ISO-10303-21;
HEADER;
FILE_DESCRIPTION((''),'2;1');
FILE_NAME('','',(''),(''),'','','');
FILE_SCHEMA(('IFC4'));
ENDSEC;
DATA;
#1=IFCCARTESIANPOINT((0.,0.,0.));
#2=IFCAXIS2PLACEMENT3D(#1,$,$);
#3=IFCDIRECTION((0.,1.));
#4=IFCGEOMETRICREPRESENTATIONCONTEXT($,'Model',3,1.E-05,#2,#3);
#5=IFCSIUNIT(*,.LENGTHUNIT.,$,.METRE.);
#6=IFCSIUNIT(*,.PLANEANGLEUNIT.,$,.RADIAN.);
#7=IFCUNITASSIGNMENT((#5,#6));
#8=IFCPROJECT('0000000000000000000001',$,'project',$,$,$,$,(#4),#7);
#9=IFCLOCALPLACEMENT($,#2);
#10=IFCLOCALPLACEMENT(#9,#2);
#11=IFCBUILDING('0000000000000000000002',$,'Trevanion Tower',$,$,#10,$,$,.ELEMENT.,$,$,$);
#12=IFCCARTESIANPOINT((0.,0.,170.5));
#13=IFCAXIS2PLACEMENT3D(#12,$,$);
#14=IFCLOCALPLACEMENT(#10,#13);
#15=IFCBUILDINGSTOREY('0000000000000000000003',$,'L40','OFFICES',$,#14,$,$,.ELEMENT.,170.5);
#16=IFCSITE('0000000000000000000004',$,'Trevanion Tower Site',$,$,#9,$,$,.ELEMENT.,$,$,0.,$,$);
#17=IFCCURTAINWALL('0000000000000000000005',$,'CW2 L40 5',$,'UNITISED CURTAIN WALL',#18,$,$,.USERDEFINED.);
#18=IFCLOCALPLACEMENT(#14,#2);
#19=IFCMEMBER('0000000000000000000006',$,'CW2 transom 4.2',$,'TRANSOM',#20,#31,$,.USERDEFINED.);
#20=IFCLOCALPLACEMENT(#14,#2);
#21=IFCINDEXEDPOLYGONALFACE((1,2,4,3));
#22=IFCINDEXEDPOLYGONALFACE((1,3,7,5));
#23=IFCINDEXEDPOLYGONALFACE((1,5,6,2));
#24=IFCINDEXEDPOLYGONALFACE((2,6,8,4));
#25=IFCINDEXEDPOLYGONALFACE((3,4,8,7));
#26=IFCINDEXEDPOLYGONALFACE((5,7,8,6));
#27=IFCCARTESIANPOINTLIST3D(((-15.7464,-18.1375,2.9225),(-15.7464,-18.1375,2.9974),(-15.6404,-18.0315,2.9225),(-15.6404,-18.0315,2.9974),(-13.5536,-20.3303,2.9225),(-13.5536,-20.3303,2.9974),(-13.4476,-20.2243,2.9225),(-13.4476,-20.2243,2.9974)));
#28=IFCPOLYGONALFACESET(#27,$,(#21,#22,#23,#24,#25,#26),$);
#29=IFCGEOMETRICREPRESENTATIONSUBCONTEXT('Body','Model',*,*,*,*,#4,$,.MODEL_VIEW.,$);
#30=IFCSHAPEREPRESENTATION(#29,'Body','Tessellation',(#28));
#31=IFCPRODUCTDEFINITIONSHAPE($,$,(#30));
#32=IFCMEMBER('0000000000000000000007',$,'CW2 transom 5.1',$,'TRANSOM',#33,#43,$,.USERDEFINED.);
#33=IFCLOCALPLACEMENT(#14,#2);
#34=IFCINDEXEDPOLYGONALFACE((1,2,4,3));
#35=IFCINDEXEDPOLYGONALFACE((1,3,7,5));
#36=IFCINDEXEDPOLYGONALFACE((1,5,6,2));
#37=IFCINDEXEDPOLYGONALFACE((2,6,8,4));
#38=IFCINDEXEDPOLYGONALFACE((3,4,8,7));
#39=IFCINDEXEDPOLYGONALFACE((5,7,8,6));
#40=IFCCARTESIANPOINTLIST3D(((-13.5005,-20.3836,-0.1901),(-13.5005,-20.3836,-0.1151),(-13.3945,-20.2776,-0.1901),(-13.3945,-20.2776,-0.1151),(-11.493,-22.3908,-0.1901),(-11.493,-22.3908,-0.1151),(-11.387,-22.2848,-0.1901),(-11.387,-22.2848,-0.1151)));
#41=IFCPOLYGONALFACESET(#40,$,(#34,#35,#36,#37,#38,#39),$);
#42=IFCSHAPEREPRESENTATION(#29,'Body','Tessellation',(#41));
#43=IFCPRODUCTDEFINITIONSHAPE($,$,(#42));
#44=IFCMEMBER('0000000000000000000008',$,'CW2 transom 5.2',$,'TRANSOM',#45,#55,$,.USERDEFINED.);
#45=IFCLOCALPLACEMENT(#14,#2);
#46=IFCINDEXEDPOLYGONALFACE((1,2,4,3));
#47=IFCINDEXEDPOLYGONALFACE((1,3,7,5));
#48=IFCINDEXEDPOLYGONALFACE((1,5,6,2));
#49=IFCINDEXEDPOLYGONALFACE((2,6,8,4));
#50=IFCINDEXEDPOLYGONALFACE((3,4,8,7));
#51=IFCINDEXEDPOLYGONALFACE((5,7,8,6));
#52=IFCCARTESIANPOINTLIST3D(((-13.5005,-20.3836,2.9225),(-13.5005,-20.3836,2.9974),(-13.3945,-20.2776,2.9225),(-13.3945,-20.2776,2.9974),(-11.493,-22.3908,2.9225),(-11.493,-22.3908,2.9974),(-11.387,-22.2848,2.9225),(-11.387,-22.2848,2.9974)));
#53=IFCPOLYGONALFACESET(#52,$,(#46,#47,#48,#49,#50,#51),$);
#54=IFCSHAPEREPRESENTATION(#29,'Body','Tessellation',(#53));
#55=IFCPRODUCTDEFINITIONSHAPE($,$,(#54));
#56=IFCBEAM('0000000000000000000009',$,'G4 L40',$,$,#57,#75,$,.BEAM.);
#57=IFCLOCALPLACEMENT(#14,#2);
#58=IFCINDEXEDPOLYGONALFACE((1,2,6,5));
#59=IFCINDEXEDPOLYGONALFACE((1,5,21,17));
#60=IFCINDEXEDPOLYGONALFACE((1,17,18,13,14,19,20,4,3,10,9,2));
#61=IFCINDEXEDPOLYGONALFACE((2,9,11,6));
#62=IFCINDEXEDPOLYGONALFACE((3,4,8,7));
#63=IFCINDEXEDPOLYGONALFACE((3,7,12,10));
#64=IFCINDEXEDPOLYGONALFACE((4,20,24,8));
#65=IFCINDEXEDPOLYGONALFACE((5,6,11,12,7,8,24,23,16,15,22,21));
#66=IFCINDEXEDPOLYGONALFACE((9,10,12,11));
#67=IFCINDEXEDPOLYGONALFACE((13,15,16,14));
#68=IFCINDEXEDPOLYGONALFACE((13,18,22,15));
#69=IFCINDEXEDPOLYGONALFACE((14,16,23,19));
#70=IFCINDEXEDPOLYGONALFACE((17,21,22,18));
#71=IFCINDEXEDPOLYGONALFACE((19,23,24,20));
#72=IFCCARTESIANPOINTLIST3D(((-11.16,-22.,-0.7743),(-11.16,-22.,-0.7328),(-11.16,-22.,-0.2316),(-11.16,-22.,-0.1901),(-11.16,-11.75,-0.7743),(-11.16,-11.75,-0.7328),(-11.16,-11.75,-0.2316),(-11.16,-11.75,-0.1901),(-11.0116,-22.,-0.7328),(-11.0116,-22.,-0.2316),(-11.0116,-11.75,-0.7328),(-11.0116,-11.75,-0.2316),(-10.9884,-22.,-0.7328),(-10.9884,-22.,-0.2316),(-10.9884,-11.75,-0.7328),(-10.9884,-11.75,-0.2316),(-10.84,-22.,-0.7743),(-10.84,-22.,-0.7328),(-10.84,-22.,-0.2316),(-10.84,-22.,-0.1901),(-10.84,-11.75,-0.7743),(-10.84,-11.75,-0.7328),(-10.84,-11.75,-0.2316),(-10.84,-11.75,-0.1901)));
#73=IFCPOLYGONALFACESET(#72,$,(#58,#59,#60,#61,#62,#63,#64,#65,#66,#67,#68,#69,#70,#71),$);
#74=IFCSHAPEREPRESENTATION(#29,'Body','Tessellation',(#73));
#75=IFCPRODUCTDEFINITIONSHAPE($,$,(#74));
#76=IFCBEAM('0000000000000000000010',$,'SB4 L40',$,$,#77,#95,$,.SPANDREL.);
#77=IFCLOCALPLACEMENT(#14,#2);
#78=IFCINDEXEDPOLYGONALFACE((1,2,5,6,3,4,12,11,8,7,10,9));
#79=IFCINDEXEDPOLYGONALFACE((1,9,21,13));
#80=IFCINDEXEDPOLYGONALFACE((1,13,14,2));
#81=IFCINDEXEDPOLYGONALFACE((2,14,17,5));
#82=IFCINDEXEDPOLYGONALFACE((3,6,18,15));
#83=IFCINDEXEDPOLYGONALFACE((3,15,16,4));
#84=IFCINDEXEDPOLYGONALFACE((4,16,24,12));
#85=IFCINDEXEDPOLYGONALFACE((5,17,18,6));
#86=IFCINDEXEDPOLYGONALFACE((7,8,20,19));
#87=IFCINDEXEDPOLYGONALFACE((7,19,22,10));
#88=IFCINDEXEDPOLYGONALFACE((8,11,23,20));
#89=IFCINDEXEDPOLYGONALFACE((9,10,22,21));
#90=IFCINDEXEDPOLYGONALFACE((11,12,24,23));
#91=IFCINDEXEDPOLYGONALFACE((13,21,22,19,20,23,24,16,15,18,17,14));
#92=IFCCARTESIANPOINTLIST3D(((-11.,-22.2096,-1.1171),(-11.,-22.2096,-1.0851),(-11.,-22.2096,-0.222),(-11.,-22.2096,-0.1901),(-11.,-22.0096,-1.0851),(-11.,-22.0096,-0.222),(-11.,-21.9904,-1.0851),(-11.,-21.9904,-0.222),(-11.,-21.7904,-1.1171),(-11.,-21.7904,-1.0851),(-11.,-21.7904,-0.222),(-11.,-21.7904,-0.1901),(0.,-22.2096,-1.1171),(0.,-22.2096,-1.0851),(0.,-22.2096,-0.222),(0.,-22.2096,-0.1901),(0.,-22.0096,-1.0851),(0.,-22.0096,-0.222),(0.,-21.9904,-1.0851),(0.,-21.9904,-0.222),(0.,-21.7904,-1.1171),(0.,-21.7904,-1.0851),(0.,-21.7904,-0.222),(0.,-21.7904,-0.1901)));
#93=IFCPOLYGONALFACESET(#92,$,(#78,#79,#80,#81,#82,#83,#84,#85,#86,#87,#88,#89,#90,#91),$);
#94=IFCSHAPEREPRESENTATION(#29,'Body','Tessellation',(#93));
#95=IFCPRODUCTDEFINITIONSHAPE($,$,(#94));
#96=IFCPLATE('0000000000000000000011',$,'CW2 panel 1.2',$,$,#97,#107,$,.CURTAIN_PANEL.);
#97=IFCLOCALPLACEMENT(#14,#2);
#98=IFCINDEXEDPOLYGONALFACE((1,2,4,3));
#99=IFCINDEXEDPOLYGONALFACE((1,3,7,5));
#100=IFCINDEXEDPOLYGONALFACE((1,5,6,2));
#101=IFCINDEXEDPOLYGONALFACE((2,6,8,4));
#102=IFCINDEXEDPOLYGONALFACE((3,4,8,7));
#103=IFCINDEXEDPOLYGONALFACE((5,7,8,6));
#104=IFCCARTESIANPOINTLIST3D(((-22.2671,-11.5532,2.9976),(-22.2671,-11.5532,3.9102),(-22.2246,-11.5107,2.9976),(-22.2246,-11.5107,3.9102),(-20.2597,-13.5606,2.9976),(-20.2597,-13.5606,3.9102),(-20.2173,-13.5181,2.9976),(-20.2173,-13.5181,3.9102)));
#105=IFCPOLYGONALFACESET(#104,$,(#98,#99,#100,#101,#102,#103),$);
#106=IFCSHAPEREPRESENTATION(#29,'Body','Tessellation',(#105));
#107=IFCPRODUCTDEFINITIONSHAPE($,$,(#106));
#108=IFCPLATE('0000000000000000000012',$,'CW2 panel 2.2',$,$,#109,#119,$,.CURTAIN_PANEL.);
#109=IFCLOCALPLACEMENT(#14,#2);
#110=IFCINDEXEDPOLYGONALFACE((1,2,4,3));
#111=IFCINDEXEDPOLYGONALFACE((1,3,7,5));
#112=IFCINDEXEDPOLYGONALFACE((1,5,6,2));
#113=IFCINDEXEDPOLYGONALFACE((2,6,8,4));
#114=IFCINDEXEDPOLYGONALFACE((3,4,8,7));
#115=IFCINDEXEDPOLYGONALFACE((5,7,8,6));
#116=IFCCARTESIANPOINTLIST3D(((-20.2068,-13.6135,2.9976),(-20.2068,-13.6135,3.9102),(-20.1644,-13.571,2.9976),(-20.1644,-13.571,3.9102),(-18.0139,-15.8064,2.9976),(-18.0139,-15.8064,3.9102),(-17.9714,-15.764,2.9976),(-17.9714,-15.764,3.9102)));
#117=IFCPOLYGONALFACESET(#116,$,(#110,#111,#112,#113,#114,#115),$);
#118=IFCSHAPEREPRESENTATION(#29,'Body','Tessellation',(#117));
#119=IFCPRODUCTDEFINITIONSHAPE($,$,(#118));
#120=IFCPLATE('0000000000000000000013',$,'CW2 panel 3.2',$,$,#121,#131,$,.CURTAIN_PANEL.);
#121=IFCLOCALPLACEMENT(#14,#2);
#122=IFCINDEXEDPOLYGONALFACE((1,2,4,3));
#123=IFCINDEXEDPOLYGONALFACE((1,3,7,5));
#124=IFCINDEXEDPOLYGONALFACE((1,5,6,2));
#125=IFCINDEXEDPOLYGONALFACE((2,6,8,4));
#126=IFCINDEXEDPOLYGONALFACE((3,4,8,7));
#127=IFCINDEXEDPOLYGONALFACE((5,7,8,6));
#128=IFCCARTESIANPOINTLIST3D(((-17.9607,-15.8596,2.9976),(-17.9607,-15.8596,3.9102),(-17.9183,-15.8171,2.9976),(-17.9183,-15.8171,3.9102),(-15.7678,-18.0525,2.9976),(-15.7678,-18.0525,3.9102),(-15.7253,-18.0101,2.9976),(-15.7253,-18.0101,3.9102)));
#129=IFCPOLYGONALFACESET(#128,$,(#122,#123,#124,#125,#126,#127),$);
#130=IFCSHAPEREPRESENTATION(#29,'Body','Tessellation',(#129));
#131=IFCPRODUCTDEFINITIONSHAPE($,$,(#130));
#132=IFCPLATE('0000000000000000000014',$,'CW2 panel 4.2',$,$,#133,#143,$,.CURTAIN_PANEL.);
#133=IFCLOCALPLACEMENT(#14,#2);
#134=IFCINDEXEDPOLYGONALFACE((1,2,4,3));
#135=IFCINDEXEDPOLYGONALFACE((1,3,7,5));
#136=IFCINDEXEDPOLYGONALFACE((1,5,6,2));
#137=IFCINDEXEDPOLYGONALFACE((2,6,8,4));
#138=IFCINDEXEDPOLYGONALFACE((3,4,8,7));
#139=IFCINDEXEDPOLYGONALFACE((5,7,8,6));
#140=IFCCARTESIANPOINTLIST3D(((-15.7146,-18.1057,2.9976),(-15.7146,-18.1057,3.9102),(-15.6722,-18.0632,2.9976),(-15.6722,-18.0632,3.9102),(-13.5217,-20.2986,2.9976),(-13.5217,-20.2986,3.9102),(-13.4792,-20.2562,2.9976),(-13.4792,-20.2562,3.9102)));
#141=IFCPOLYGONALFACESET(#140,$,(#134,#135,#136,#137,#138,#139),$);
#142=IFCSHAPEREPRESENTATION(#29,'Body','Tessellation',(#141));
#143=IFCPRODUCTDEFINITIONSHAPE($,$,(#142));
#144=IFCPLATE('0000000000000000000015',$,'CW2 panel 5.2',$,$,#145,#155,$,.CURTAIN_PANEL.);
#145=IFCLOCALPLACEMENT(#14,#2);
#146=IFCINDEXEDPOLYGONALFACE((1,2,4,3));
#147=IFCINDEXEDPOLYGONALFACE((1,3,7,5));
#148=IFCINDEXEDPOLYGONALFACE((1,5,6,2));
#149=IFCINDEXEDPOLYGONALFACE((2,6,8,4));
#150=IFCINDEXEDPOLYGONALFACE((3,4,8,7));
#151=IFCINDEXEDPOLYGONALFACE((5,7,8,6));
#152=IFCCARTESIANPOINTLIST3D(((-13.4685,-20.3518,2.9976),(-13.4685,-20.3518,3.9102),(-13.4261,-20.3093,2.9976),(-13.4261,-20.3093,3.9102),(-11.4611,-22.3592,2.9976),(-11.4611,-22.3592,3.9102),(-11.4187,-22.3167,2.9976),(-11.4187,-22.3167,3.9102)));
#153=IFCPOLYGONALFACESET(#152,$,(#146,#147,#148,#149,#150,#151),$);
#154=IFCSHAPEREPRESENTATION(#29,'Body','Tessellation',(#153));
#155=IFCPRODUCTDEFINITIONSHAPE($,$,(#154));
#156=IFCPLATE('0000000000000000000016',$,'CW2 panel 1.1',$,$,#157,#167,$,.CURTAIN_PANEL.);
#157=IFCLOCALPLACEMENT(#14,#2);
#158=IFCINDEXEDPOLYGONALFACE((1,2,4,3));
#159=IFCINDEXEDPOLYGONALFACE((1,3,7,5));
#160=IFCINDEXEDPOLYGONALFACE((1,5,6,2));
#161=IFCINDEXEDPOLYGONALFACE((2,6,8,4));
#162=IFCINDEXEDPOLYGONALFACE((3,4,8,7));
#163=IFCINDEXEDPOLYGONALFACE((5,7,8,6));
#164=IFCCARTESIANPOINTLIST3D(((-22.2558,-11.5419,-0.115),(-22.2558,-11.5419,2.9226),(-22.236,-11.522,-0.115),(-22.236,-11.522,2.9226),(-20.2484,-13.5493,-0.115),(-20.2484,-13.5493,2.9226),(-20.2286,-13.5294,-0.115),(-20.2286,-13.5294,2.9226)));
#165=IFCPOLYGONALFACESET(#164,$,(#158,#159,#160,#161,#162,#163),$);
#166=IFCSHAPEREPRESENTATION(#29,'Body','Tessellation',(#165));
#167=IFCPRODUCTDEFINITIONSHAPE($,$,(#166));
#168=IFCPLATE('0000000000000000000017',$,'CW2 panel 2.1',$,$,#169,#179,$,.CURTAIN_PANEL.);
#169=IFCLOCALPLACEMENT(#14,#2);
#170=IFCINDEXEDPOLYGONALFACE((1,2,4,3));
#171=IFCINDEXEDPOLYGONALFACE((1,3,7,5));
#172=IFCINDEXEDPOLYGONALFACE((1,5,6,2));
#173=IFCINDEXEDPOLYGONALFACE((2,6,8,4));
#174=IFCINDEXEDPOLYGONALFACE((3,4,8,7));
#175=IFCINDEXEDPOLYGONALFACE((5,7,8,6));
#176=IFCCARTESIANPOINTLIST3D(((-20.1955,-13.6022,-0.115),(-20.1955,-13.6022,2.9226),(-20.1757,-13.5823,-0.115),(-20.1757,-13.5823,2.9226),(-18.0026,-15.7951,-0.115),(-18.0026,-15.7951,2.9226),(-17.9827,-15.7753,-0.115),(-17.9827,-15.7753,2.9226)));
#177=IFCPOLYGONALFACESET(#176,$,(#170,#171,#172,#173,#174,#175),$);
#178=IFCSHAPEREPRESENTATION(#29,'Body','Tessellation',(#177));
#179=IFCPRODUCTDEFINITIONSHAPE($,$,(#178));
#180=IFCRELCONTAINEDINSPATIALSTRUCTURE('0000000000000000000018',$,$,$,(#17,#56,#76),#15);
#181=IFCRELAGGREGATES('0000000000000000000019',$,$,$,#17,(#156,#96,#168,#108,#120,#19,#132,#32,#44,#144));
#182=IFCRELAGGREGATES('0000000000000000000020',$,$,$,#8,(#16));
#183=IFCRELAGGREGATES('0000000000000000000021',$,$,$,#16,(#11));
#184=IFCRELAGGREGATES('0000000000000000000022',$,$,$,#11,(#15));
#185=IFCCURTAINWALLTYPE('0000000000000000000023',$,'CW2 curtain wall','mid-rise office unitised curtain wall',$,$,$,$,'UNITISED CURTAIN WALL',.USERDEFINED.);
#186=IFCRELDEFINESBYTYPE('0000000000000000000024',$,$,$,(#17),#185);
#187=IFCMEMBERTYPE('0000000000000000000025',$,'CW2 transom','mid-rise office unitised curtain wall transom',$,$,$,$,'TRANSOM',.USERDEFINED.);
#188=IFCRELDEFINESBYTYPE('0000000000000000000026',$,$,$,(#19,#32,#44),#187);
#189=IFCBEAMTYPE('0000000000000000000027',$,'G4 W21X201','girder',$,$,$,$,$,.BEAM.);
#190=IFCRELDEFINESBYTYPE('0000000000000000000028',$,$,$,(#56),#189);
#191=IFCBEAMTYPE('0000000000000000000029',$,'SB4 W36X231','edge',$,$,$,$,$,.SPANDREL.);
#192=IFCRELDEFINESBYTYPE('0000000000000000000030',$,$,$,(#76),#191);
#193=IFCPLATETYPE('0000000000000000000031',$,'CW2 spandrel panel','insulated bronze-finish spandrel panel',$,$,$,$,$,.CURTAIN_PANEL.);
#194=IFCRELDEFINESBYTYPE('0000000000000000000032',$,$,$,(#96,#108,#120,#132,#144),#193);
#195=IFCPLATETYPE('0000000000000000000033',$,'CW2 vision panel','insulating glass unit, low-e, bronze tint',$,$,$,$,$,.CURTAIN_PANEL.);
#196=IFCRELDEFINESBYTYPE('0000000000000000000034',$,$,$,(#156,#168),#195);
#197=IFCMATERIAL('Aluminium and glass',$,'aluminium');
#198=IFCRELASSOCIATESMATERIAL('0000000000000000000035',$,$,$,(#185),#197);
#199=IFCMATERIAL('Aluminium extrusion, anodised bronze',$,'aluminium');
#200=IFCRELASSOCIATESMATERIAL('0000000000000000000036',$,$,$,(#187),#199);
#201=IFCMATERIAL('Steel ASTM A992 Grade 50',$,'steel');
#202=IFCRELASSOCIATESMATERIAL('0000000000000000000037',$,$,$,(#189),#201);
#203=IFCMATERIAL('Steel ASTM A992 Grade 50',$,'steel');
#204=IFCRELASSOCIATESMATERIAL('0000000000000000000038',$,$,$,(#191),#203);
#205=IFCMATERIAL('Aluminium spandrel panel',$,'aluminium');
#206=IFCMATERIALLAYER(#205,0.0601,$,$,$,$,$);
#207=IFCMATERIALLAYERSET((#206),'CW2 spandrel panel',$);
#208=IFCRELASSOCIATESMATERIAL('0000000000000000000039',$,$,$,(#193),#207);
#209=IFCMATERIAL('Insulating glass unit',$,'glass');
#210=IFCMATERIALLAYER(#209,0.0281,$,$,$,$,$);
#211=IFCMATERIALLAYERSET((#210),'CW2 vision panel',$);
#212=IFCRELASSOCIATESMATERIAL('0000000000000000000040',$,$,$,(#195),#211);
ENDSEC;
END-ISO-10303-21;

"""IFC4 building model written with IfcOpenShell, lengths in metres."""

from ifc_helpers import new_model, si_unit, direction, frame, origin, origin_2d, place, context, subcontext, project, spatial, rectangle, i_section, extrude, material, layer, layer_set, material_profile, profile_set, type_object, element, aggregate, save


model = new_model("IFC4")

# Units and contexts
model_context = context("Model", 3, precision=1e-05, world=origin(), true_north=direction((0.0, 1.0)))
body_context = subcontext(model_context, "Body", "Model", "MODEL_VIEW")
ifc_project = project(units=[si_unit("LENGTHUNIT", "METRE"), si_unit("PLANEANGLEUNIT", "RADIAN")], contexts=[model_context])

# Site, building, storey
site_placement = place(None, origin())
site = spatial("IfcSite", under=ifc_project, at=site_placement, Name="Trevanion Tower Site", CompositionType="ELEMENT", RefElevation=0.0)
building_placement = place(site_placement, origin())
building = spatial("IfcBuilding", under=site, at=building_placement, Name="Trevanion Tower", CompositionType="ELEMENT")
storey_placement = place(building_placement, frame((0.0, 0.0, 170.5)))
storey = spatial("IfcBuildingStorey", under=building, at=storey_placement, Name="L40", Description="OFFICES", CompositionType="ELEMENT", Elevation=170.5)

# Curtain wall, members
ifc_material_1 = material(Name="Aluminium and glass", Category="aluminium")
curtain_wall_type = type_object("IfcCurtainWallType", Name="CW2 curtain wall", Description="mid-rise office unitised curtain wall", ElementType="UNITISED CURTAIN WALL", PredefinedType="USERDEFINED", material=ifc_material_1)
curtain_wall_placement = place(storey_placement, origin())
curtain_wall = element("IfcCurtainWall", 1, at=curtain_wall_placement, inside=storey, type_object=curtain_wall_type, Name="CW2 L40 5", ObjectType="UNITISED CURTAIN WALL", PredefinedType="USERDEFINED")
ifc_material_2 = material(Name="Aluminium extrusion, anodised bronze", Category="aluminium")
ifc_material_profile_1 = material_profile(ifc_material_2, rectangle(XDim=0.1499, YDim=0.075, at=origin_2d()), Name="CW2 transom")
ifc_profile_set_1 = profile_set([ifc_material_profile_1], Name="Aluminium extrusion, anodised bronze")
member_type_1 = type_object("IfcMemberType", Name="CW2 transom", Description="mid-rise office unitised curtain wall transom", ElementType="TRANSOM", PredefinedType="USERDEFINED", material=ifc_profile_set_1)
member_1_placement = place(storey_placement, frame((-15.6934, -18.0845, 2.96), z_axis=(0.707107, -0.707107, 0.0), x_axis=(0.707107, 0.707107, 0.0)))
member_1 = element("IfcMember", 2, at=member_1_placement, type_object=member_type_1, Name="CW2 transom 4.2", ObjectType="TRANSOM", PredefinedType="USERDEFINED", context=body_context, shape_type="SweptSolid", body=[
    extrude(rectangle(XDim=0.1499, YDim=0.075, at=origin_2d()), origin(), (0.0, 0.0, 1.0), 3.1011),
])
member_2_placement = place(storey_placement, frame((-13.4475, -20.3306, -0.1526), z_axis=(0.70715, -0.707064, 0.0), x_axis=(0.707064, 0.70715, 0.0)))
member_2 = element("IfcMember", 3, at=member_2_placement, type_object=member_type_1, Name="CW2 transom 5.1", ObjectType="TRANSOM", PredefinedType="USERDEFINED", context=body_context, shape_type="SweptSolid", body=[
    extrude(rectangle(XDim=0.1499, YDim=0.075, at=origin_2d()), origin(), (0.0, 0.0, 1.0), 2.8389),
])
member_3_placement = place(storey_placement, frame((-13.4475, -20.3306, 2.96), z_axis=(0.70715, -0.707064, 0.0), x_axis=(0.707064, 0.70715, 0.0)))
member_3 = element("IfcMember", 4, at=member_3_placement, type_object=member_type_1, Name="CW2 transom 5.2", ObjectType="TRANSOM", PredefinedType="USERDEFINED", context=body_context, shape_type="SweptSolid", body=[
    extrude(rectangle(XDim=0.1499, YDim=0.075, at=origin_2d()), origin(), (0.0, 0.0, 1.0), 2.8389),
])

# Beams
ifc_material_3 = material(Name="Steel ASTM A992 Grade 50", Category="steel")
ifc_material_profile_2 = material_profile(ifc_material_3, i_section(OverallWidth=0.3201, OverallDepth=0.5842, WebThickness=0.0232, FlangeThickness=0.0415, at=origin_2d()), Name="W21X201")
ifc_profile_set_2 = profile_set([ifc_material_profile_2], Name="Steel ASTM A992 Grade 50")
beam_type_1 = type_object("IfcBeamType", Name="G4 W21X201", Description="girder", PredefinedType="BEAM", material=ifc_profile_set_2)
beam_1_placement = place(storey_placement, frame((-11.0, -11.75, -0.4822), z_axis=(0.0, -1.0, 0.0), x_axis=(1.0, 0.0, 0.0)))
element("IfcBeam", 5, at=beam_1_placement, inside=storey, type_object=beam_type_1, Name="G4 L40", PredefinedType="BEAM", context=body_context, shape_type="SweptSolid", body=[
    extrude(i_section(OverallWidth=0.3201, OverallDepth=0.5842, WebThickness=0.0232, FlangeThickness=0.0415, at=origin_2d()), origin(), (0.0, 0.0, 1.0), 10.25),
])
ifc_material_4 = material(Name="Steel ASTM A992 Grade 50", Category="steel")
ifc_material_profile_3 = material_profile(ifc_material_4, i_section(OverallWidth=0.4192, OverallDepth=0.927, WebThickness=0.0193, FlangeThickness=0.032, at=origin_2d()), Name="W36X231")
ifc_profile_set_3 = profile_set([ifc_material_profile_3], Name="Steel ASTM A992 Grade 50")
beam_type_2 = type_object("IfcBeamType", Name="SB4 W36X231", Description="edge", PredefinedType="SPANDREL", material=ifc_profile_set_3)
beam_2_placement = place(storey_placement, frame((-11.0, -22.0, -0.6536), z_axis=(1.0, 0.0, 0.0), x_axis=(0.0, 1.0, 0.0)))
element("IfcBeam", 6, at=beam_2_placement, inside=storey, type_object=beam_type_2, Name="SB4 L40", PredefinedType="SPANDREL", context=body_context, shape_type="SweptSolid", body=[
    extrude(i_section(OverallWidth=0.4192, OverallDepth=0.927, WebThickness=0.0193, FlangeThickness=0.032, at=origin_2d()), origin(), (0.0, 0.0, 1.0), 11.0),
])

# Plates
ifc_material_5 = material(Name="Aluminium spandrel panel", Category="aluminium")
ifc_layer_1 = layer(ifc_material_5, 0.0601)
ifc_layer_set_1 = layer_set([ifc_layer_1], Name="CW2 spandrel panel")
plate_type_1 = type_object("IfcPlateType", Name="CW2 spandrel panel", Description="insulated bronze-finish spandrel panel", PredefinedType="CURTAIN_PANEL", material=ifc_layer_set_1)
plate_1_placement = place(storey_placement, frame((-21.2422, -12.5356, 2.9976), z_axis=(0.0, 0.0, 1.0), x_axis=(0.707107, -0.707107, 0.0)))
plate_1 = element("IfcPlate", 7, at=plate_1_placement, type_object=plate_type_1, Name="CW2 panel 1.2", PredefinedType="CURTAIN_PANEL", context=body_context, shape_type="SweptSolid", body=[
    extrude(rectangle(XDim=2.8389, YDim=0.0601, at=origin_2d()), origin(), (0.0, 0.0, 1.0), 0.9126),
])
plate_2_placement = place(storey_placement, frame((-19.0891, -14.6887, 2.9976), z_axis=(0.0, 0.0, 1.0), x_axis=(0.707107, -0.707107, 0.0)))
plate_2 = element("IfcPlate", 8, at=plate_2_placement, type_object=plate_type_1, Name="CW2 panel 2.2", PredefinedType="CURTAIN_PANEL", context=body_context, shape_type="SweptSolid", body=[
    extrude(rectangle(XDim=3.1013, YDim=0.0601, at=origin_2d()), origin(), (0.0, 0.0, 1.0), 0.9126),
])
plate_3_placement = place(storey_placement, frame((-16.843, -16.9348, 2.9976), z_axis=(0.0, 0.0, 1.0), x_axis=(0.707107, -0.707107, 0.0)))
plate_3 = element("IfcPlate", 9, at=plate_3_placement, type_object=plate_type_1, Name="CW2 panel 3.2", PredefinedType="CURTAIN_PANEL", context=body_context, shape_type="SweptSolid", body=[
    extrude(rectangle(XDim=3.1013, YDim=0.0601, at=origin_2d()), origin(), (0.0, 0.0, 1.0), 0.9126),
])
plate_4_placement = place(storey_placement, frame((-14.5969, -19.1809, 2.9976), z_axis=(0.0, 0.0, 1.0), x_axis=(0.707107, -0.707107, 0.0)))
plate_4 = element("IfcPlate", 10, at=plate_4_placement, type_object=plate_type_1, Name="CW2 panel 4.2", PredefinedType="CURTAIN_PANEL", context=body_context, shape_type="SweptSolid", body=[
    extrude(rectangle(XDim=3.1013, YDim=0.0601, at=origin_2d()), origin(), (0.0, 0.0, 1.0), 0.9126),
])
plate_5_placement = place(storey_placement, frame((-12.4436, -21.3342, 2.9976), z_axis=(0.0, 0.0, 1.0), x_axis=(0.707107, -0.707107, 0.0)))
plate_5 = element("IfcPlate", 11, at=plate_5_placement, type_object=plate_type_1, Name="CW2 panel 5.2", PredefinedType="CURTAIN_PANEL", context=body_context, shape_type="SweptSolid", body=[
    extrude(rectangle(XDim=2.8389, YDim=0.0601, at=origin_2d()), origin(), (0.0, 0.0, 1.0), 0.9126),
])
ifc_material_6 = material(Name="Insulating glass unit", Category="glass")
ifc_layer_2 = layer(ifc_material_6, 0.0281)
ifc_layer_set_2 = layer_set([ifc_layer_2], Name="CW2 vision panel")
plate_type_2 = type_object("IfcPlateType", Name="CW2 vision panel", Description="insulating glass unit, low-e, bronze tint", PredefinedType="CURTAIN_PANEL", material=ifc_layer_set_2)
plate_6_placement = place(storey_placement, frame((-21.2422, -12.5356, -0.115), z_axis=(0.0, 0.0, 1.0), x_axis=(0.707107, -0.707107, 0.0)))
plate_6 = element("IfcPlate", 12, at=plate_6_placement, type_object=plate_type_2, Name="CW2 panel 1.1", PredefinedType="CURTAIN_PANEL", context=body_context, shape_type="SweptSolid", body=[
    extrude(rectangle(XDim=2.8389, YDim=0.0281, at=origin_2d()), origin(), (0.0, 0.0, 1.0), 3.0376),
])
plate_7_placement = place(storey_placement, frame((-19.0891, -14.6887, -0.115), z_axis=(0.0, 0.0, 1.0), x_axis=(0.707107, -0.707107, 0.0)))
plate_7 = element("IfcPlate", 13, at=plate_7_placement, type_object=plate_type_2, Name="CW2 panel 2.1", PredefinedType="CURTAIN_PANEL", context=body_context, shape_type="SweptSolid", body=[
    extrude(rectangle(XDim=3.1013, YDim=0.0281, at=origin_2d()), origin(), (0.0, 0.0, 1.0), 3.0376),
])
aggregate(curtain_wall, [plate_6, plate_1, plate_7, plate_2, plate_3, member_1, plate_4, member_2, member_3, plate_5])

save(model, "model.ifc")
